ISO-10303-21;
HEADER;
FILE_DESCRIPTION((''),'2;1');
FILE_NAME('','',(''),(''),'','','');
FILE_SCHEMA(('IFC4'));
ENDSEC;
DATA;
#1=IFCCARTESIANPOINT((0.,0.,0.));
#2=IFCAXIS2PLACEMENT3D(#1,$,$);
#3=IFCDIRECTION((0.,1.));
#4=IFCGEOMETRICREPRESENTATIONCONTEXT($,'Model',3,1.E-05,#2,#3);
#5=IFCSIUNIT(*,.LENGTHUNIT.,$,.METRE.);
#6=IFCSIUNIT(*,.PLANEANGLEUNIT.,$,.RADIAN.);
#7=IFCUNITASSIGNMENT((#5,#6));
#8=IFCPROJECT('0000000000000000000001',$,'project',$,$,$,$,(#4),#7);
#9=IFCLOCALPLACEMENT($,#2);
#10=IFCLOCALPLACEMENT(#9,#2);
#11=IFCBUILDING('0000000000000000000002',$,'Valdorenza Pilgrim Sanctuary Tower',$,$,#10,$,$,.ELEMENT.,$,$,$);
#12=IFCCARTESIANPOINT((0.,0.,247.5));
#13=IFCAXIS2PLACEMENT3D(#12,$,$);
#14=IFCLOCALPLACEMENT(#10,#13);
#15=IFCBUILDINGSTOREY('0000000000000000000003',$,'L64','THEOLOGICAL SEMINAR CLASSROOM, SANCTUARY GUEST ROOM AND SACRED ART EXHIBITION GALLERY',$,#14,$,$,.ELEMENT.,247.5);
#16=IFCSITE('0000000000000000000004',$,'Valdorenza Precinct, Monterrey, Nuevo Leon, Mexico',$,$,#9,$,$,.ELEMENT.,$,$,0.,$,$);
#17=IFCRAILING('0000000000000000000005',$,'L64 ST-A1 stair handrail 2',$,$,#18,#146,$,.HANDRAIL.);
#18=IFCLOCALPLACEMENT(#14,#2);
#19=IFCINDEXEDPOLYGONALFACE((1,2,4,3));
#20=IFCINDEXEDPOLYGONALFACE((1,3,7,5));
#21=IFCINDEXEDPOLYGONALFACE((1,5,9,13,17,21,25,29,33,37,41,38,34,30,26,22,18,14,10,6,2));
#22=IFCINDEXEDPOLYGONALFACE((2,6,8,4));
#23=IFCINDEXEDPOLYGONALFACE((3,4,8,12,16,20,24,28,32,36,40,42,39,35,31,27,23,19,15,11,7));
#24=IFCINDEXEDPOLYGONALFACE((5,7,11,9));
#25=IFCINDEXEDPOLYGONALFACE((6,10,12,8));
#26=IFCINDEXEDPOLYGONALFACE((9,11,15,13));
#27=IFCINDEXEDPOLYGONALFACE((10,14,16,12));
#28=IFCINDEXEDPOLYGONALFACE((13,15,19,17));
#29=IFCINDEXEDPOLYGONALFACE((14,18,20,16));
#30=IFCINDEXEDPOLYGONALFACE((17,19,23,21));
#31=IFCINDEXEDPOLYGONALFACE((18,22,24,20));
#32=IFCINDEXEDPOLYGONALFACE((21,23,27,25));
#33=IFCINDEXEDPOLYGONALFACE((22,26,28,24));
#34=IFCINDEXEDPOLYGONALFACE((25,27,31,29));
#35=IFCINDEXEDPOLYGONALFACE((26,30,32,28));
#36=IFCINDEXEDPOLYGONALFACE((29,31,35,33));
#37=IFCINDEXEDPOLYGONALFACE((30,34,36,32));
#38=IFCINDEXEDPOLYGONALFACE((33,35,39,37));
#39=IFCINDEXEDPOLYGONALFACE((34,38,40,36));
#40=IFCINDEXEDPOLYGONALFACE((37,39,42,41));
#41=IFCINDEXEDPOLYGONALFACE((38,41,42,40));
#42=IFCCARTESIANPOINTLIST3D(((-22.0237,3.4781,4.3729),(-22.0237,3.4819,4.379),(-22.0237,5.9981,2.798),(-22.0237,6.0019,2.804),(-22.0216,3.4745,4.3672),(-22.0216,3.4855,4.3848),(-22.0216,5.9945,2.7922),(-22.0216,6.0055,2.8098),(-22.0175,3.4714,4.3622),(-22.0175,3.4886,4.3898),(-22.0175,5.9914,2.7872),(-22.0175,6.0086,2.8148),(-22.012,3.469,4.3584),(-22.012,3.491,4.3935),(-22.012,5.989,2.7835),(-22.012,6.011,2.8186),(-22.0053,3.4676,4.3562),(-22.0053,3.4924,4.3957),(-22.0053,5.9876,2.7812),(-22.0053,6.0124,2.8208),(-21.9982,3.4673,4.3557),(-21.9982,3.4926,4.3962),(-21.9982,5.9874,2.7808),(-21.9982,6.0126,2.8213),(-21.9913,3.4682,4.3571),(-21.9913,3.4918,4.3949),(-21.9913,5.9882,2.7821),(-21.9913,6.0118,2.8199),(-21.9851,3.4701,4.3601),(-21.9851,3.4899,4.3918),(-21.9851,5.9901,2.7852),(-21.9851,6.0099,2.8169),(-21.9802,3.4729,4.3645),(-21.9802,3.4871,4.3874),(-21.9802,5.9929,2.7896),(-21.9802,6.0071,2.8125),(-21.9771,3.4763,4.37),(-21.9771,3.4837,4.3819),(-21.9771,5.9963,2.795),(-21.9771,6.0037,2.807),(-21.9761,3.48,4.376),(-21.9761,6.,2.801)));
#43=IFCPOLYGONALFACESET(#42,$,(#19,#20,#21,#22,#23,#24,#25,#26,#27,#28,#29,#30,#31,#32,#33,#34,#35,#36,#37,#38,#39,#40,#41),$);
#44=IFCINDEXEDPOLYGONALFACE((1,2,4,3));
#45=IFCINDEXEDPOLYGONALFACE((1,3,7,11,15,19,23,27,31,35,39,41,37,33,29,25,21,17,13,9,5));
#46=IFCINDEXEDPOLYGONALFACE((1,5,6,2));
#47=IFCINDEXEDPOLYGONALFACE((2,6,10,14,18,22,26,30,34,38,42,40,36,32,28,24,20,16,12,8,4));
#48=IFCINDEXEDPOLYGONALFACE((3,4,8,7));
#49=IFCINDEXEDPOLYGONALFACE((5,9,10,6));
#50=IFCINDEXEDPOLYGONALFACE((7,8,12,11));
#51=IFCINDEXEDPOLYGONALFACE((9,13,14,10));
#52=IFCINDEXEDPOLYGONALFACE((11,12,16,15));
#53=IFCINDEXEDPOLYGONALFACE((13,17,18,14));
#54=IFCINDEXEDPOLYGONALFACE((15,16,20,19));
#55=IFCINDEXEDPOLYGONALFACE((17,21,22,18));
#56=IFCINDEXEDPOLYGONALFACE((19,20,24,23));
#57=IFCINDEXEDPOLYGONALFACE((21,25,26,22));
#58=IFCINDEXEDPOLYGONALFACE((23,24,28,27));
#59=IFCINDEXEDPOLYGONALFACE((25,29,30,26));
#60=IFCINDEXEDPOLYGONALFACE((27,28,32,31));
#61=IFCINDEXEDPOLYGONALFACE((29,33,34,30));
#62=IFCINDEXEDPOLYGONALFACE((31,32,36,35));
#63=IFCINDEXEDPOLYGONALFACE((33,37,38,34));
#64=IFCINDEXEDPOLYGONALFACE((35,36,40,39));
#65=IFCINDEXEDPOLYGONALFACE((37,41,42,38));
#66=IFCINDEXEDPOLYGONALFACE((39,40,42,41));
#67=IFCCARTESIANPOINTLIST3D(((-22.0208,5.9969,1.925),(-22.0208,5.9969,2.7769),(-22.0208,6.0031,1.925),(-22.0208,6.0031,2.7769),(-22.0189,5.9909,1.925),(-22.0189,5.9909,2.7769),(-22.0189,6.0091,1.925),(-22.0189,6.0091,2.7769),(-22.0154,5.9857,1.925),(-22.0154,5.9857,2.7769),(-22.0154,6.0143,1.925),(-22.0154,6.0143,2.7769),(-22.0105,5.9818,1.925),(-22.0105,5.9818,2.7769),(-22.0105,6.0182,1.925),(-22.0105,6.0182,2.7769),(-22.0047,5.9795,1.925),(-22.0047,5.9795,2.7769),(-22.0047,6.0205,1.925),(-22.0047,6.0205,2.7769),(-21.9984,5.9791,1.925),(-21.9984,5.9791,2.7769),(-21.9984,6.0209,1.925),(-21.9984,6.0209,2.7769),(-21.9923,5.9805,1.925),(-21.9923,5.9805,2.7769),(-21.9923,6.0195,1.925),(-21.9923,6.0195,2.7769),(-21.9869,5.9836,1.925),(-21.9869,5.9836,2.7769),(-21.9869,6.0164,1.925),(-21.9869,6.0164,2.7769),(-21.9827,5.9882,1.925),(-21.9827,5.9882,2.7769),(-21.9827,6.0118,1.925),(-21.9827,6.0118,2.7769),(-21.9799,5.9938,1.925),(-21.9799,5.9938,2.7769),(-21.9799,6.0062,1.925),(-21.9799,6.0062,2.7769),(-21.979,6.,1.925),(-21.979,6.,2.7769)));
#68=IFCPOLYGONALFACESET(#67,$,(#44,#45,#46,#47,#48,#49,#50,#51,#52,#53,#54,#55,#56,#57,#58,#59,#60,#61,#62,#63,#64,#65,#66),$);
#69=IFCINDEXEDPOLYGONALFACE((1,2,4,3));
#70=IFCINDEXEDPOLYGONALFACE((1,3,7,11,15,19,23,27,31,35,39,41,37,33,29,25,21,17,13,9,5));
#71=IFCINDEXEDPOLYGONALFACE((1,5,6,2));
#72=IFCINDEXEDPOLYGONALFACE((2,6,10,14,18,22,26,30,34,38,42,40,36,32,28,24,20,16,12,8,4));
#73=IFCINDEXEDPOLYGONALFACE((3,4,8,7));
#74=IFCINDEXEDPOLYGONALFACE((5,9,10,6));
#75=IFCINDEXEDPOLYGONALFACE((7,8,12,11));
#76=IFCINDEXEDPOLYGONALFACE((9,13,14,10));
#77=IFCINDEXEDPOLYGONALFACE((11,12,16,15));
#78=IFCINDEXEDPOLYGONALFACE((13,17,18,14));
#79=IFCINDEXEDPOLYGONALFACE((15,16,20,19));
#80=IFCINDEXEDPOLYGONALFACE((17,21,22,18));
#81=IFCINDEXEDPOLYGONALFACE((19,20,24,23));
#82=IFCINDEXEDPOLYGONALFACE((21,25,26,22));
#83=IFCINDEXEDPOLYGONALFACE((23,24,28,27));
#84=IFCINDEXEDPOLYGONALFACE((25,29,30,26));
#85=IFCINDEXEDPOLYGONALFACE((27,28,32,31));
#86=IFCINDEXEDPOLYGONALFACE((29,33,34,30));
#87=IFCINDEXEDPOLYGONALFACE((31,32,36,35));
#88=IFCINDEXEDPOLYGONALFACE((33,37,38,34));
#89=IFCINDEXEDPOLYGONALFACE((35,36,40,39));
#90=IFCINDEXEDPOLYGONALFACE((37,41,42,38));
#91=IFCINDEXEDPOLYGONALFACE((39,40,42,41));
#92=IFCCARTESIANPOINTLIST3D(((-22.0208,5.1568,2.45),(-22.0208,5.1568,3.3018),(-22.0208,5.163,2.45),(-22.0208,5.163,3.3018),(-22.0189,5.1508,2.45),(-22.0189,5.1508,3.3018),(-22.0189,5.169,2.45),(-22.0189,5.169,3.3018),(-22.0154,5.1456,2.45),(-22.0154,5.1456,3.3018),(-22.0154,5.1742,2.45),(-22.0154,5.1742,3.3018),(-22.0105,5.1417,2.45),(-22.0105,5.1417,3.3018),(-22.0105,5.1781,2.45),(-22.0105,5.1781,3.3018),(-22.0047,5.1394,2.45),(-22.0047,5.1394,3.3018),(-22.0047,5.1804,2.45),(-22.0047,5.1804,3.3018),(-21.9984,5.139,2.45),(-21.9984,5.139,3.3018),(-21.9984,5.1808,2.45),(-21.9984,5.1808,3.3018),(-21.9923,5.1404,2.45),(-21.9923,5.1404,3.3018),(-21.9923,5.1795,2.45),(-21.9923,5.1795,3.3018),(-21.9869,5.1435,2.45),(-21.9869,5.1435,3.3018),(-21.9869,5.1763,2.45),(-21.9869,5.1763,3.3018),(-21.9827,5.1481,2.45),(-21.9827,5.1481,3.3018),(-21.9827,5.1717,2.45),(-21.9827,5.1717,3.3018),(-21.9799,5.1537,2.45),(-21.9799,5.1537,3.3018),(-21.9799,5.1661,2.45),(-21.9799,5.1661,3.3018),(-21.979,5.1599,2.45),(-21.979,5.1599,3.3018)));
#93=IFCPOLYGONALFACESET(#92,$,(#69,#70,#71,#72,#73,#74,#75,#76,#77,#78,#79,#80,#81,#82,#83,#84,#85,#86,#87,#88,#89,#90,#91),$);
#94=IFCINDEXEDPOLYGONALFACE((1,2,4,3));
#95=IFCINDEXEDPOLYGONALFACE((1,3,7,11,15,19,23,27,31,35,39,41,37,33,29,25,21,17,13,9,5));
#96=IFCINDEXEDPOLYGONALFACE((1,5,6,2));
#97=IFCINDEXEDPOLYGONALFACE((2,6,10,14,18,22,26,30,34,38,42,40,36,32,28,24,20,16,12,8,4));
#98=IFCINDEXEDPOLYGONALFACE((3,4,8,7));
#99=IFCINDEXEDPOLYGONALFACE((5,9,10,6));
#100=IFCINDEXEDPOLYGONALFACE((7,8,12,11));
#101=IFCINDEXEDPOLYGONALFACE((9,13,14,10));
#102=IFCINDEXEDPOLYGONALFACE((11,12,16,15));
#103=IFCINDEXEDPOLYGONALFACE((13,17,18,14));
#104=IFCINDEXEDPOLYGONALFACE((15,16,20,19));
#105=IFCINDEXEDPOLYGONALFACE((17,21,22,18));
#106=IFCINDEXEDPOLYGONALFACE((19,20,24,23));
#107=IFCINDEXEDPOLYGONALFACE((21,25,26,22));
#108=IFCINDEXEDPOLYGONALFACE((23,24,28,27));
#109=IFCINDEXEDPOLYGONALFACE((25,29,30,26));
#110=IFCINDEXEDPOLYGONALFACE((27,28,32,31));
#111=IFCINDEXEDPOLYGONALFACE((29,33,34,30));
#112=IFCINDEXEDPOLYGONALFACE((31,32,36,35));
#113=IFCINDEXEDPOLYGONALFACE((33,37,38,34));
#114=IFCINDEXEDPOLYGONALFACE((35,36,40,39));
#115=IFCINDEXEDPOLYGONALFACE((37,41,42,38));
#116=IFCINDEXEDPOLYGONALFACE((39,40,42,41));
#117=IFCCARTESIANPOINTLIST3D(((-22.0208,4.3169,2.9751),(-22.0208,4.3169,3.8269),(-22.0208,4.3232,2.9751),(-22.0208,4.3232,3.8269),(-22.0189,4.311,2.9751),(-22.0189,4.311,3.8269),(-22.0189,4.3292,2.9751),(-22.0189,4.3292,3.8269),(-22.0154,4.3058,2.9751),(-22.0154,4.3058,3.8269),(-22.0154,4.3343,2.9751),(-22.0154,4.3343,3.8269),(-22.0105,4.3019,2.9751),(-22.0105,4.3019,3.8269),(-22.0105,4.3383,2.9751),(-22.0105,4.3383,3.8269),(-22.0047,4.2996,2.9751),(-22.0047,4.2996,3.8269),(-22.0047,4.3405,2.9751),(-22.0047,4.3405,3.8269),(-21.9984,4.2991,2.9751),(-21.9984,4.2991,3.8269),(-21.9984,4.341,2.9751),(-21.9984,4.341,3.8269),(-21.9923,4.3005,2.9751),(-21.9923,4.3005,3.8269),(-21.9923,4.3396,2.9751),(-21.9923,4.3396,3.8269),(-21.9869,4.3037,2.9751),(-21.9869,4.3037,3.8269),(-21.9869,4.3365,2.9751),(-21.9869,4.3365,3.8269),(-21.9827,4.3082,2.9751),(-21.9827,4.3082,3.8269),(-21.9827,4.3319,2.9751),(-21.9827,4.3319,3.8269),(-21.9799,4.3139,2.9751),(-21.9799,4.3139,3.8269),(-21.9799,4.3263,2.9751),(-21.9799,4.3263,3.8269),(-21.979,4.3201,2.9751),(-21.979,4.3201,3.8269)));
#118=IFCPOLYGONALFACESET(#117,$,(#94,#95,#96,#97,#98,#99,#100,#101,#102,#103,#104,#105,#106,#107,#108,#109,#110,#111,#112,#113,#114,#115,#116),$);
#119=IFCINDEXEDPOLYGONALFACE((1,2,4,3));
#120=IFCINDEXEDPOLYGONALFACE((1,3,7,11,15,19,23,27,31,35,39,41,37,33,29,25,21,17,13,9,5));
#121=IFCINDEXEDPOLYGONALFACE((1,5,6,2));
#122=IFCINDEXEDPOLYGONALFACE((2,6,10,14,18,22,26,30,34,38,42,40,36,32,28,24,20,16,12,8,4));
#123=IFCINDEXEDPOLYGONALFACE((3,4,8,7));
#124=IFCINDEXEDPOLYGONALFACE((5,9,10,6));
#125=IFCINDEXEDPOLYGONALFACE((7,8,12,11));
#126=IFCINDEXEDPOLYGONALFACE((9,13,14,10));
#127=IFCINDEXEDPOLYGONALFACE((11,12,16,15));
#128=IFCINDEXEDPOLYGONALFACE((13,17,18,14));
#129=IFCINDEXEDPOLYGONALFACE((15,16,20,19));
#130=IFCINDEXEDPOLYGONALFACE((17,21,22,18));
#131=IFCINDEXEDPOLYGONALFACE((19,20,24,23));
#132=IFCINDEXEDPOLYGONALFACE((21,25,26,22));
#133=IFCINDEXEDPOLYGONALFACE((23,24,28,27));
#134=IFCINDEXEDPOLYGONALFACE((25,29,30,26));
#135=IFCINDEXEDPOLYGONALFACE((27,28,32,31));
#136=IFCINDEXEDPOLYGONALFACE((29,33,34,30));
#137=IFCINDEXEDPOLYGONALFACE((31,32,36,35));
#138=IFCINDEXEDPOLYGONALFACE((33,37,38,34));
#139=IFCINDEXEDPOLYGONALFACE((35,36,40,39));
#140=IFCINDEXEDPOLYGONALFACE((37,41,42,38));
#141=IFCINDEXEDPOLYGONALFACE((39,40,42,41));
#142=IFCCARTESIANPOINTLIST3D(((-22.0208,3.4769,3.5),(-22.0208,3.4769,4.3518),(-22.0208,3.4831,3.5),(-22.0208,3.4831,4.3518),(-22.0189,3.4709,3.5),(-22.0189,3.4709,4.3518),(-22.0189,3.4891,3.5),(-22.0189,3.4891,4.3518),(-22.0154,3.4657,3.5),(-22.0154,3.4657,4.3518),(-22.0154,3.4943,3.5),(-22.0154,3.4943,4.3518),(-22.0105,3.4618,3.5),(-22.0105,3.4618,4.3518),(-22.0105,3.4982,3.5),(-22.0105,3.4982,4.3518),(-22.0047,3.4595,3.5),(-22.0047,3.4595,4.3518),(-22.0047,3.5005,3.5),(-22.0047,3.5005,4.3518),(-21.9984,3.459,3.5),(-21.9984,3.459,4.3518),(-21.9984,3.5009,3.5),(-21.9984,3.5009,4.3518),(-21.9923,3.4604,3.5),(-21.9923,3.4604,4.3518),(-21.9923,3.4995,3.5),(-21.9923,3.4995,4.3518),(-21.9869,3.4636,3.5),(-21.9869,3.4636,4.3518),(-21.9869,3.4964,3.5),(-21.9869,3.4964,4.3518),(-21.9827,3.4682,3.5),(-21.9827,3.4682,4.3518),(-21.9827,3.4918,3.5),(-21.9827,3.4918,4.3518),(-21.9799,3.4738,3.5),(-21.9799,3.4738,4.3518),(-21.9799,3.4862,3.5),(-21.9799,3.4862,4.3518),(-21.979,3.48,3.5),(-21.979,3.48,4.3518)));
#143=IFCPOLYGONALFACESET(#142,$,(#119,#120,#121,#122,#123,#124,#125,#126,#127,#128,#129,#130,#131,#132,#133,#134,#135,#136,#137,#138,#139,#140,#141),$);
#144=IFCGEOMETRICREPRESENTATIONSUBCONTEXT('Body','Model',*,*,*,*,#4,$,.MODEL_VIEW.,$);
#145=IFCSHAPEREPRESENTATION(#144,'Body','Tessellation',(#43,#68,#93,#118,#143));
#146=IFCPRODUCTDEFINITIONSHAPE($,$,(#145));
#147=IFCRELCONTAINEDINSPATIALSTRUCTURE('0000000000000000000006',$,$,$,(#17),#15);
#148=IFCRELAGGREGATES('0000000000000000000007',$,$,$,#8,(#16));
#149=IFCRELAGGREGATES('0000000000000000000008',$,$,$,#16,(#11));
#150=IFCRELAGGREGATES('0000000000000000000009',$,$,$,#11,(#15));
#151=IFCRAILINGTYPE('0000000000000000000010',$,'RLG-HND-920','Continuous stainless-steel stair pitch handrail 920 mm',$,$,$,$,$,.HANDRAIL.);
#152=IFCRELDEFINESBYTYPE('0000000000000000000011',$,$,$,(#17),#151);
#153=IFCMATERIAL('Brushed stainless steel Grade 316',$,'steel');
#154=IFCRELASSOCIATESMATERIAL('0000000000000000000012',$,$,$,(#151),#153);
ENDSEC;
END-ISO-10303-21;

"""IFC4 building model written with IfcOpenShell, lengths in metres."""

from ifc_helpers import new_model, si_unit, direction, frame, origin, origin_2d, place, context, subcontext, project, spatial, circle, extrude, material, type_object, element, save


model = new_model("IFC4")

# Units and contexts
model_context = context("Model", 3, precision=1e-05, world=origin(), true_north=direction((0.0, 1.0)))
body_context = subcontext(model_context, "Body", "Model", "MODEL_VIEW")
ifc_project = project(units=[si_unit("LENGTHUNIT", "METRE"), si_unit("PLANEANGLEUNIT", "RADIAN")], contexts=[model_context])

# Site, building, storey
site_placement = place(None, origin())
site = spatial("IfcSite", under=ifc_project, at=site_placement, Name="Valdorenza Precinct, Monterrey, Nuevo Leon, Mexico", CompositionType="ELEMENT", RefElevation=0.0)
building_placement = place(site_placement, origin())
building = spatial("IfcBuilding", under=site, at=building_placement, Name="Valdorenza Pilgrim Sanctuary Tower", CompositionType="ELEMENT")
storey_placement = place(building_placement, frame((0.0, 0.0, 247.5)))
storey = spatial("IfcBuildingStorey", under=building, at=storey_placement, Name="L64", Description="THEOLOGICAL SEMINAR CLASSROOM, SANCTUARY GUEST ROOM AND SACRED ART EXHIBITION GALLERY", CompositionType="ELEMENT", Elevation=247.5)

# Railing
ifc_material_1 = material(Name="Brushed stainless steel Grade 316", Category="steel")
railing_type_1 = type_object("IfcRailingType", Name="RLG-HND-920", Description="Continuous stainless-steel stair pitch handrail 920 mm", PredefinedType="HANDRAIL", material=ifc_material_1)
railing_1_placement = place(storey_placement, frame((-22.0, 6.0, 1.925)))
element("IfcRailing", 1, at=railing_1_placement, inside=storey, type_object=railing_type_1, Name="L64 ST-A1 stair handrail 2", PredefinedType="HANDRAIL", context=body_context, shape_type="SweptSolid", body=[
    extrude(circle(Radius=0.0239, at=origin_2d()), frame((0.0, 0.0, 0.876), z_axis=(0.0, -0.848008, 0.529984), x_axis=(1.0, 0.0, 0.0)), (0.0, 0.0, 1.0), 2.9717),
    extrude(circle(Radius=0.021, at=origin_2d()), origin(), (0.0, 0.0, 1.0), 0.8518),
    extrude(circle(Radius=0.021, at=origin_2d()), frame((0.0, -0.8401, 0.5249)), (0.0, 0.0, 1.0), 0.8518),
    extrude(circle(Radius=0.021, at=origin_2d()), frame((0.0, -1.6799, 1.05)), (0.0, 0.0, 1.0), 0.8518),
    extrude(circle(Radius=0.021, at=origin_2d()), frame((0.0, -2.52, 1.575)), (0.0, 0.0, 1.0), 0.8518),
])

save(model, "model.ifc")
